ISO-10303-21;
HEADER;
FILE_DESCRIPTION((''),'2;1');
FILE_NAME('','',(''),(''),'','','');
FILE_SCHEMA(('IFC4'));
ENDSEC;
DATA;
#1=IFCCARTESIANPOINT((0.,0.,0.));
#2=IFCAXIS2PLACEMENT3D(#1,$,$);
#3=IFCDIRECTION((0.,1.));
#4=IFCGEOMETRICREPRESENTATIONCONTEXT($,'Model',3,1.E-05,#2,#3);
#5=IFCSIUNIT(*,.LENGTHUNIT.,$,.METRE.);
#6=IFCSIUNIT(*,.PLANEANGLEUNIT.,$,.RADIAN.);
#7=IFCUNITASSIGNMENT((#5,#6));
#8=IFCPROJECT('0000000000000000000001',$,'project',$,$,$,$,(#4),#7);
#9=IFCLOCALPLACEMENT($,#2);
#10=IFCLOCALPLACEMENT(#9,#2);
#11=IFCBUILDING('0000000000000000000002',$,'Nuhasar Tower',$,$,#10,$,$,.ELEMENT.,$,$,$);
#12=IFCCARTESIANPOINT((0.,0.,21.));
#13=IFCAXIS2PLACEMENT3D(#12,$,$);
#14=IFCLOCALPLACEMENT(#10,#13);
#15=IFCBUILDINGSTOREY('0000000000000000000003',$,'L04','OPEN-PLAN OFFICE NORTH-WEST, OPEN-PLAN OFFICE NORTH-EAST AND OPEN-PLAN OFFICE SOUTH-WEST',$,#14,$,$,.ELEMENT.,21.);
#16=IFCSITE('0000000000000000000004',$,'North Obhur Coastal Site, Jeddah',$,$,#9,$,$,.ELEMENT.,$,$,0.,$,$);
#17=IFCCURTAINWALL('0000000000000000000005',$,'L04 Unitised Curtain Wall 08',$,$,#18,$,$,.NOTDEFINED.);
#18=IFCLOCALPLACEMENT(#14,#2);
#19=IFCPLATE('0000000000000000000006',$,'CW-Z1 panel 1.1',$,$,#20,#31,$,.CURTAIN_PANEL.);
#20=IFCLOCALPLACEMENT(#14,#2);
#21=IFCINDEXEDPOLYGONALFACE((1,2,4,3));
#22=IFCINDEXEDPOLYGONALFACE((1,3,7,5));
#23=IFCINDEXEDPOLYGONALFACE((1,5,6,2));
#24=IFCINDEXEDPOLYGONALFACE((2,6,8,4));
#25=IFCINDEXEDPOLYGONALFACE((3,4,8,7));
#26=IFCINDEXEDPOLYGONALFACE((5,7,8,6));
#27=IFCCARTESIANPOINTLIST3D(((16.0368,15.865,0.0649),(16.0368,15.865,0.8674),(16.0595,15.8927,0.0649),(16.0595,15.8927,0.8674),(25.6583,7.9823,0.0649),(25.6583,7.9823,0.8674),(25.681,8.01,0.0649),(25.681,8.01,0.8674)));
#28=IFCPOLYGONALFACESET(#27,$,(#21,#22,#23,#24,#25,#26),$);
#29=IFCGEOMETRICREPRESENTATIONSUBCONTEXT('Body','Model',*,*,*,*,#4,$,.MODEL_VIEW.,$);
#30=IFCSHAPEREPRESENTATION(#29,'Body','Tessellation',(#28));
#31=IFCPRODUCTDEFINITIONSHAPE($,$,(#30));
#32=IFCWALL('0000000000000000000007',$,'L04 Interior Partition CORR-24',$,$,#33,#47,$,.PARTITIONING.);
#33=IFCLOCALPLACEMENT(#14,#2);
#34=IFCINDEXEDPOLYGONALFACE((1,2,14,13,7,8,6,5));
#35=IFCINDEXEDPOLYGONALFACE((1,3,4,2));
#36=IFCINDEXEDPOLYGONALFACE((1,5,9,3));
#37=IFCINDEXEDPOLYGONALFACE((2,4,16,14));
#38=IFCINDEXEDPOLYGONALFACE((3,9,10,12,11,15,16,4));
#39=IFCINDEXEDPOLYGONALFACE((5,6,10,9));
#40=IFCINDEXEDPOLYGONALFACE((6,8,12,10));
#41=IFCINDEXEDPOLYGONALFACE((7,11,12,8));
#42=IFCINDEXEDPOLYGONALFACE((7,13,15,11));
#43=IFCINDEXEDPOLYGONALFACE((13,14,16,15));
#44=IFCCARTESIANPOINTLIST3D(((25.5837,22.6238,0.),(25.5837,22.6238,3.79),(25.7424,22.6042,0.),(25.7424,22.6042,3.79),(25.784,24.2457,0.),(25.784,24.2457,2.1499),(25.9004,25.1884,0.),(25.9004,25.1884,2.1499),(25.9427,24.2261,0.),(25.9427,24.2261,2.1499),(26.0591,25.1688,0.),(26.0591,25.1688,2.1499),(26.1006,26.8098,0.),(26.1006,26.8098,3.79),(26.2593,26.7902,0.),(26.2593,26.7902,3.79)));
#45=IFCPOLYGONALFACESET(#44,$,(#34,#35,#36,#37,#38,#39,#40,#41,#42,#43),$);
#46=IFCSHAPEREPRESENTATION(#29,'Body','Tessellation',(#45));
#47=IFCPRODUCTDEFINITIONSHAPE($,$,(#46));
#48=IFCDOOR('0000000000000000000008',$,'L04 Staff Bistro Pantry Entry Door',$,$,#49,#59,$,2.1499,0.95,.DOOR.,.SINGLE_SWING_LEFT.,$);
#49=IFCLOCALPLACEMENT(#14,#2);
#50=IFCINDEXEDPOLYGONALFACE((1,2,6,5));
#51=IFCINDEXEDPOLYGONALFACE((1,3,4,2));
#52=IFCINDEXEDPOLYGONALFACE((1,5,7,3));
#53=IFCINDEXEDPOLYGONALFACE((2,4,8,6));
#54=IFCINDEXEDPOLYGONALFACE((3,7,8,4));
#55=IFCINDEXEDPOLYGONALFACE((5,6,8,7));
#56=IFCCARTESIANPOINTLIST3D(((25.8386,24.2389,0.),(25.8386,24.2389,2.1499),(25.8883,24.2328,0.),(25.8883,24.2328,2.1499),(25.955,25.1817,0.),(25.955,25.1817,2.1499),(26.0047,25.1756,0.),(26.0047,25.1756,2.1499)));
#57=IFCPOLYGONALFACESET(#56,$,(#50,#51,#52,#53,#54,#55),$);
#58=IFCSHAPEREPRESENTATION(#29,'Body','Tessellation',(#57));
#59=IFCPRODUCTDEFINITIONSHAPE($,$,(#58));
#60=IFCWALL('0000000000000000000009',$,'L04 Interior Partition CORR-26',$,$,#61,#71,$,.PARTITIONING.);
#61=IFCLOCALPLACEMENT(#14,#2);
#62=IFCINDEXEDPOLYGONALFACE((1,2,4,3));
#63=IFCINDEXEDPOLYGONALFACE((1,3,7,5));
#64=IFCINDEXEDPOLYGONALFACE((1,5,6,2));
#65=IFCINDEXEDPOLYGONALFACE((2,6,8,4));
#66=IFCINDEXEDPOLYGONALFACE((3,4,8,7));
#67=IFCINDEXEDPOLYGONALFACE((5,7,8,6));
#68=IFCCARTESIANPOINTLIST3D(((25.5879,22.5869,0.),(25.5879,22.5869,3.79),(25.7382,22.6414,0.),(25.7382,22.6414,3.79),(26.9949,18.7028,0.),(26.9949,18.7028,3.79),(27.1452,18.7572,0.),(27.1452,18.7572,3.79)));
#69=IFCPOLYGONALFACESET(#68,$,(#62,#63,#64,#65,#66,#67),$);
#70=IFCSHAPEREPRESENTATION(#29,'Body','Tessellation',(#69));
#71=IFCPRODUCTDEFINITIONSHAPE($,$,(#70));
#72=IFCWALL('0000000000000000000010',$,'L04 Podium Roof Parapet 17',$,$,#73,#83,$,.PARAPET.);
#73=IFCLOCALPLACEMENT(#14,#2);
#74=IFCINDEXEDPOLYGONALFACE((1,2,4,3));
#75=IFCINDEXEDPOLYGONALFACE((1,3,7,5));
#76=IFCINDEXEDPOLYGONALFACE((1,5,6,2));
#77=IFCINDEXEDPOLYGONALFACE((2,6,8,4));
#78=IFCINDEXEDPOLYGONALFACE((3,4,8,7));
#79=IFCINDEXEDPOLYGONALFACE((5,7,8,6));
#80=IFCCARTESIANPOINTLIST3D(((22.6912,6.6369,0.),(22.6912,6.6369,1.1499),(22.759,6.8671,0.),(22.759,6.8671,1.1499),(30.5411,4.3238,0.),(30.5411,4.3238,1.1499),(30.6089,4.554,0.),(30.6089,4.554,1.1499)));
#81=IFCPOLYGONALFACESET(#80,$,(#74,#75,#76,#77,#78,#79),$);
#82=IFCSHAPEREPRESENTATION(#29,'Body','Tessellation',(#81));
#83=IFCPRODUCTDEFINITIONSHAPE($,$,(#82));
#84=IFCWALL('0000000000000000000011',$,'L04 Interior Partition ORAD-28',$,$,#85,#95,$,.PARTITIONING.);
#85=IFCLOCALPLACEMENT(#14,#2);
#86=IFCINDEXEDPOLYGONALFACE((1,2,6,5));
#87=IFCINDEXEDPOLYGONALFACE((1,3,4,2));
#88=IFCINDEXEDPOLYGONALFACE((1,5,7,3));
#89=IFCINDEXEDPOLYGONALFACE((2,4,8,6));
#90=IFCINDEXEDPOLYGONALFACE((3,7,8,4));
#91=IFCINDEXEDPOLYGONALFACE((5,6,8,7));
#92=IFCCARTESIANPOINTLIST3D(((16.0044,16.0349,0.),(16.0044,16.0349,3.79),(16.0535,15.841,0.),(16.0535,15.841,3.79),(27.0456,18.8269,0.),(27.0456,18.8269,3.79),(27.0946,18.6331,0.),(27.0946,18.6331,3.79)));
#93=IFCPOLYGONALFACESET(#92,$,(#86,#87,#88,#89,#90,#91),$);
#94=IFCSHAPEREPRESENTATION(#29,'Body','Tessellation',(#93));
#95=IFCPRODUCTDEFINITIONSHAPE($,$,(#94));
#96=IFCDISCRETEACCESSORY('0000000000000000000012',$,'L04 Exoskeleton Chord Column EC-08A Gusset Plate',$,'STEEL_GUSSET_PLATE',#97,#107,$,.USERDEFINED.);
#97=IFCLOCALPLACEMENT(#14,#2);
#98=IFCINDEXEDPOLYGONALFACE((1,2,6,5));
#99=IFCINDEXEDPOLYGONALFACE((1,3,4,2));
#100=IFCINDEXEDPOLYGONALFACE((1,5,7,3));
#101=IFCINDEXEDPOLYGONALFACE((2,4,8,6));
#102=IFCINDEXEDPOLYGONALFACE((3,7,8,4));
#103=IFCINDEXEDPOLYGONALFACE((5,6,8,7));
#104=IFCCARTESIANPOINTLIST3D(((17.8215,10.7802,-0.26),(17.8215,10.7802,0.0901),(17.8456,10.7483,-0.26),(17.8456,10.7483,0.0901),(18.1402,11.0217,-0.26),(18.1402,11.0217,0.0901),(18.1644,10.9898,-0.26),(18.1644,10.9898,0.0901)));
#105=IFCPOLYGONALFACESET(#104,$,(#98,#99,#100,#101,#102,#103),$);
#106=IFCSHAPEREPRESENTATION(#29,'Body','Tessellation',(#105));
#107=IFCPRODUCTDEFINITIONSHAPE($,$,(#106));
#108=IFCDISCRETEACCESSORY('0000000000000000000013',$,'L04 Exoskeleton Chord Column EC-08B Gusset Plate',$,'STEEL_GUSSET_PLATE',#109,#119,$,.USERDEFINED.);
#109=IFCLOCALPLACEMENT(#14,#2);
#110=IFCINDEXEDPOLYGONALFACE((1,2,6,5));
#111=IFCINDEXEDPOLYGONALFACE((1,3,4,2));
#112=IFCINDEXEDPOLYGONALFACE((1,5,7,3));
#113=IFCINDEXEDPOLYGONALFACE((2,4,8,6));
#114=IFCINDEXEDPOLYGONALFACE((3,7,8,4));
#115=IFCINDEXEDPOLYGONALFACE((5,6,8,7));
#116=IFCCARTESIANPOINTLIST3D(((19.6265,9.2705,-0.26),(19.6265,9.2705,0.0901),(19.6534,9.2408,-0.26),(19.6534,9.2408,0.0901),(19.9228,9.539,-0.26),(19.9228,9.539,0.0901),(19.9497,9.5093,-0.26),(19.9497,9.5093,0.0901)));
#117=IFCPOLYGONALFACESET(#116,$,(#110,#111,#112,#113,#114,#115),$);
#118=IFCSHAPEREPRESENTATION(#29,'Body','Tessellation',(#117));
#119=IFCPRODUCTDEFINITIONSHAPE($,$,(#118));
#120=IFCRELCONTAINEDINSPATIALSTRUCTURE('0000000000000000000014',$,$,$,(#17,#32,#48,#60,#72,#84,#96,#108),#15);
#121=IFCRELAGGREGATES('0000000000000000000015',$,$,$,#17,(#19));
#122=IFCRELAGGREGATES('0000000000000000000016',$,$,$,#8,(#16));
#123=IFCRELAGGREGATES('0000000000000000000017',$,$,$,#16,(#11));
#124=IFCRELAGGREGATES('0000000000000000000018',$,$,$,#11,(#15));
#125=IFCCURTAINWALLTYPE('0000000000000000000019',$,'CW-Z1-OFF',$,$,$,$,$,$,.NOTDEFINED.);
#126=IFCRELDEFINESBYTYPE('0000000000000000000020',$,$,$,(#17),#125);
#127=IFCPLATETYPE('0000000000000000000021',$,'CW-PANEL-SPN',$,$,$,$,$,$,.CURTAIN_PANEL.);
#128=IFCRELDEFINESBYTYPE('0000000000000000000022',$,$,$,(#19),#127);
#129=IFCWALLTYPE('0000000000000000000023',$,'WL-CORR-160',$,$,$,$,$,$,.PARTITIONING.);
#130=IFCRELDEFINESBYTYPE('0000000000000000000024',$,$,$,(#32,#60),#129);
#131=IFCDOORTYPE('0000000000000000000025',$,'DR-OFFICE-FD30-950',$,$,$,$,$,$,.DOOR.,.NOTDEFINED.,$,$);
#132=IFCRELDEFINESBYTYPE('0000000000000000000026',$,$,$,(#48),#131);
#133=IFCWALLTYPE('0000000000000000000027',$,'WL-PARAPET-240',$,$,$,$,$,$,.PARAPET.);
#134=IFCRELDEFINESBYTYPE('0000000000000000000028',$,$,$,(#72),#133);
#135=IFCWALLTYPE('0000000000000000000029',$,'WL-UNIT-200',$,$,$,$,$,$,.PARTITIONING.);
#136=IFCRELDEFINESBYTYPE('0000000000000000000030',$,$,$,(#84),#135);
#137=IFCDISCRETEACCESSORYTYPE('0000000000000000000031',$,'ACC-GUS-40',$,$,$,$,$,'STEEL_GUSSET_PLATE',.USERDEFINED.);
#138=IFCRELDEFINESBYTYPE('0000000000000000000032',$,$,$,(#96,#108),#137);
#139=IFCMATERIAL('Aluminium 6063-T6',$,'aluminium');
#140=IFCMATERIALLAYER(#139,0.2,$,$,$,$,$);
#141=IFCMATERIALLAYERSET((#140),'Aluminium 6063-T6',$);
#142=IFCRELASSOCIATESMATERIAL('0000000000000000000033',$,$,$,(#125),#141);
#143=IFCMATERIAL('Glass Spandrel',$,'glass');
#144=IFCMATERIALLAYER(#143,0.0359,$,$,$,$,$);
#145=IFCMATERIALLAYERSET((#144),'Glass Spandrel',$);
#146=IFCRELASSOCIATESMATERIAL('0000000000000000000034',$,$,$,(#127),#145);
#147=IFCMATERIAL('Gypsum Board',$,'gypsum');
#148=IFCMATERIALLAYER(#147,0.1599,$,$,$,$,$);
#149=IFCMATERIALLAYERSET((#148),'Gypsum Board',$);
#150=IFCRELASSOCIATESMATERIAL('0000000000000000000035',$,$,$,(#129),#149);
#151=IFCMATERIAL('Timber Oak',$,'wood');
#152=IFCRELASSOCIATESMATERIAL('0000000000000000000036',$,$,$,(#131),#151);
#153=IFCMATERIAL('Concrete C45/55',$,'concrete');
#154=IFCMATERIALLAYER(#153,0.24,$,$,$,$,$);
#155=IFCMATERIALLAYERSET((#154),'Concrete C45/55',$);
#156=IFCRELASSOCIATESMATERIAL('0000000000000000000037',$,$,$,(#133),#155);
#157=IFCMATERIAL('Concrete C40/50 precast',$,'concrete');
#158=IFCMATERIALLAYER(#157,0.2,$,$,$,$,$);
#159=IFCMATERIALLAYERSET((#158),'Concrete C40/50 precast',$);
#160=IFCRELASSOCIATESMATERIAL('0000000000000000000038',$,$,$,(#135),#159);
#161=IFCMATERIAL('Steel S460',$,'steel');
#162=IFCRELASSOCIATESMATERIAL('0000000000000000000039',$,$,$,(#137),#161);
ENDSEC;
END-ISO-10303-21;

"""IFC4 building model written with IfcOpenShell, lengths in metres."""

from ifc_helpers import new_model, si_unit, direction, frame, frame_2d, origin, origin_2d, place, context, subcontext, project, spatial, rectangle, extrude, material, layer, layer_set, type_object, element, fill, aggregate, save


model = new_model("IFC4")

# Units and contexts
model_context = context("Model", 3, precision=1e-05, world=origin(), true_north=direction((0.0, 1.0)))
body_context = subcontext(model_context, "Body", "Model", "MODEL_VIEW")
ifc_project = project(units=[si_unit("LENGTHUNIT", "METRE"), si_unit("PLANEANGLEUNIT", "RADIAN")], contexts=[model_context])

# Site, building, storey
site_placement = place(None, origin())
site = spatial("IfcSite", under=ifc_project, at=site_placement, Name="North Obhur Coastal Site, Jeddah", CompositionType="ELEMENT", RefElevation=0.0)
building_placement = place(site_placement, origin())
building = spatial("IfcBuilding", under=site, at=building_placement, Name="Nuhasar Tower", CompositionType="ELEMENT")
storey_placement = place(building_placement, frame((0.0, 0.0, 21.0)))
storey = spatial("IfcBuildingStorey", under=building, at=storey_placement, Name="L04", Description="OPEN-PLAN OFFICE NORTH-WEST, OPEN-PLAN OFFICE NORTH-EAST AND OPEN-PLAN OFFICE SOUTH-WEST", CompositionType="ELEMENT", Elevation=21.0)

# Shared definitions
ifc_material_1 = material(Name="Steel S460", Category="steel")

# Curtain wall
ifc_material_2 = material(Name="Aluminium 6063-T6", Category="aluminium")
ifc_layer_1 = layer(ifc_material_2, 0.2)
ifc_layer_set_1 = layer_set([ifc_layer_1], Name="Aluminium 6063-T6")
curtain_wall_type = type_object("IfcCurtainWallType", Name="CW-Z1-OFF", PredefinedType="NOTDEFINED", material=ifc_layer_set_1)
curtain_wall_1_placement = place(storey_placement, origin())
curtain_wall_1 = element("IfcCurtainWall", 1, at=curtain_wall_1_placement, inside=storey, type_object=curtain_wall_type, Name="L04 Unitised Curtain Wall 08", PredefinedType="NOTDEFINED")

# Plate
ifc_material_3 = material(Name="Glass Spandrel", Category="glass")
ifc_layer_2 = layer(ifc_material_3, 0.0359)
ifc_layer_set_2 = layer_set([ifc_layer_2], Name="Glass Spandrel")
plate_type_1 = type_object("IfcPlateType", Name="CW-PANEL-SPN", PredefinedType="CURTAIN_PANEL", material=ifc_layer_set_2)
plate_1_placement = place(storey_placement, frame((20.8589, 11.9375, 0.0649), z_axis=(0.0, 0.0, 1.0), x_axis=(0.773542, -0.633745, 0.0)))
plate_1 = element("IfcPlate", 2, at=plate_1_placement, type_object=plate_type_1, Name="CW-Z1 panel 1.1", PredefinedType="CURTAIN_PANEL", context=body_context, shape_type="SweptSolid", body=[
    extrude(rectangle(XDim=12.4382, YDim=0.0359, at=origin_2d()), origin(), (0.0, 0.0, 1.0), 0.8025),
])
aggregate(curtain_wall_1, [plate_1])

# Wall, opening, door
ifc_material_4 = material(Name="Gypsum Board", Category="gypsum")
ifc_layer_3 = layer(ifc_material_4, 0.1599)
ifc_layer_set_3 = layer_set([ifc_layer_3], Name="Gypsum Board")
wall_type_1 = type_object("IfcWallType", Name="WL-CORR-160", PredefinedType="PARTITIONING", material=ifc_layer_set_3)
wall_1_placement = place(storey_placement, frame((25.6631, 22.614, 0.0), z_axis=(0.0, 0.0, 1.0), x_axis=(0.122539, 0.992464, 0.0)))
wall_1 = element("IfcWall", 3, at=wall_1_placement, inside=storey, type_object=wall_type_1, Name="L04 Interior Partition CORR-24", PredefinedType="PARTITIONING", context=body_context, shape_type="SweptSolid", body=[
    extrude(rectangle(XDim=4.2178, YDim=0.1599, at=frame_2d((2.1089, 0.0))), origin(), (0.0, 0.0, 1.0), 3.79),
])
opening_placement = place(wall_1_placement, frame((1.634, 0.0, 0.0)))
opening = element("IfcOpeningElement", 4, at=opening_placement, cuts=wall_1, PredefinedType="OPENING", context=body_context, shape_type="SweptSolid", body=[
    extrude(rectangle(XDim=0.95, YDim=2.1499, at=frame_2d((0.4751, 1.075))), frame((0.0, 0.0898, 0.0), z_axis=(0.0, -1.0, 0.0), x_axis=(1.0, 0.0, 0.0)), (0.0, 0.0, 1.0), 0.1799),
])
ifc_material_5 = material(Name="Timber Oak", Category="wood")
door_type = type_object("IfcDoorType", Name="DR-OFFICE-FD30-950", OperationType="NOTDEFINED", PredefinedType="DOOR", material=ifc_material_5)
door_placement = place(opening_placement, origin())
door = element("IfcDoor", 5, at=door_placement, inside=storey, type_object=door_type, Name="L04 Staff Bistro Pantry Entry Door", OperationType="SINGLE_SWING_LEFT", OverallHeight=2.1499, OverallWidth=0.95, PredefinedType="DOOR", context=body_context, shape_type="SweptSolid", body=[
    extrude(rectangle(XDim=0.95, YDim=2.1499, at=frame_2d((0.4751, 1.075))), frame((0.0, 0.0249, 0.0), z_axis=(0.0, -1.0, 0.0), x_axis=(1.0, 0.0, 0.0)), (0.0, 0.0, 1.0), 0.05),
])
fill(opening, door)

# Walls
wall_2_placement = place(storey_placement, frame((25.6631, 22.614, 0.0), z_axis=(0.0, 0.0, 1.0), x_axis=(0.34059, -0.940212, 0.0)))
element("IfcWall", 6, at=wall_2_placement, inside=storey, type_object=wall_type_1, Name="L04 Interior Partition CORR-26", PredefinedType="PARTITIONING", context=body_context, shape_type="SweptSolid", body=[
    extrude(rectangle(XDim=4.1311, YDim=0.1599, at=frame_2d((2.0654, 0.0))), origin(), (0.0, 0.0, 1.0), 3.79),
])
ifc_material_6 = material(Name="Concrete C45/55", Category="concrete")
ifc_layer_4 = layer(ifc_material_6, 0.24)
ifc_layer_set_4 = layer_set([ifc_layer_4], Name="Concrete C45/55")
wall_type_2 = type_object("IfcWallType", Name="WL-PARAPET-240", PredefinedType="PARAPET", material=ifc_layer_set_4)
wall_3_placement = place(storey_placement, frame((22.7251, 6.752, 0.0), z_axis=(0.0, 0.0, 1.0), x_axis=(0.959226, -0.28264, 0.0)))
element("IfcWall", 7, at=wall_3_placement, inside=storey, type_object=wall_type_2, Name="L04 Podium Roof Parapet 17", PredefinedType="PARAPET", context=body_context, shape_type="SweptSolid", body=[
    extrude(rectangle(XDim=8.1836, YDim=0.24, at=frame_2d((4.0918, 0.0))), origin(), (0.0, 0.0, 1.0), 1.1499),
])
ifc_material_7 = material(Name="Concrete C40/50 precast", Category="concrete")
ifc_layer_5 = layer(ifc_material_7, 0.2)
ifc_layer_set_5 = layer_set([ifc_layer_5], Name="Concrete C40/50 precast")
wall_type_3 = type_object("IfcWallType", Name="WL-UNIT-200", PredefinedType="PARTITIONING", material=ifc_layer_set_5)
wall_4_placement = place(storey_placement, frame((27.0701, 18.73, 0.0), z_axis=(0.0, 0.0, 1.0), x_axis=(-0.969483, -0.245158, 0.0)))
element("IfcWall", 8, at=wall_4_placement, inside=storey, type_object=wall_type_3, Name="L04 Interior Partition ORAD-28", PredefinedType="PARTITIONING", context=body_context, shape_type="SweptSolid", body=[
    extrude(rectangle(XDim=11.3887, YDim=0.2, at=frame_2d((5.6943, 0.0))), origin(), (0.0, 0.0, 1.0), 3.79),
])

# Discrete accessories
discrete_accessory_type = type_object("IfcDiscreteAccessoryType", Name="ACC-GUS-40", ElementType="STEEL_GUSSET_PLATE", PredefinedType="USERDEFINED", material=ifc_material_1)
for number, where, z_axis, x_axis, name in (
    (9, (17.9929, 10.885, -0.26), (0.0, 0.0, 1.0), (-0.797078, -0.603876, 0.0), "L04 Exoskeleton Chord Column EC-08A Gusset Plate"),
    (10, (19.7881, 9.3899, -0.26), (0.0, 0.0, 1.0), (-0.741004, -0.671501, 0.0), "L04 Exoskeleton Chord Column EC-08B Gusset Plate"),
):
    element("IfcDiscreteAccessory", number, at=place(storey_placement, frame(where, z_axis=z_axis, x_axis=x_axis)), inside=storey, type_object=discrete_accessory_type, Name=name, ObjectType="STEEL_GUSSET_PLATE", PredefinedType="USERDEFINED", context=body_context, shape_type="SweptSolid", body=[
        extrude(rectangle(XDim=0.3999, YDim=0.04, at=origin_2d()), origin(), (0.0, 0.0, 1.0), 0.3501),
    ])

save(model, "model.ifc")
